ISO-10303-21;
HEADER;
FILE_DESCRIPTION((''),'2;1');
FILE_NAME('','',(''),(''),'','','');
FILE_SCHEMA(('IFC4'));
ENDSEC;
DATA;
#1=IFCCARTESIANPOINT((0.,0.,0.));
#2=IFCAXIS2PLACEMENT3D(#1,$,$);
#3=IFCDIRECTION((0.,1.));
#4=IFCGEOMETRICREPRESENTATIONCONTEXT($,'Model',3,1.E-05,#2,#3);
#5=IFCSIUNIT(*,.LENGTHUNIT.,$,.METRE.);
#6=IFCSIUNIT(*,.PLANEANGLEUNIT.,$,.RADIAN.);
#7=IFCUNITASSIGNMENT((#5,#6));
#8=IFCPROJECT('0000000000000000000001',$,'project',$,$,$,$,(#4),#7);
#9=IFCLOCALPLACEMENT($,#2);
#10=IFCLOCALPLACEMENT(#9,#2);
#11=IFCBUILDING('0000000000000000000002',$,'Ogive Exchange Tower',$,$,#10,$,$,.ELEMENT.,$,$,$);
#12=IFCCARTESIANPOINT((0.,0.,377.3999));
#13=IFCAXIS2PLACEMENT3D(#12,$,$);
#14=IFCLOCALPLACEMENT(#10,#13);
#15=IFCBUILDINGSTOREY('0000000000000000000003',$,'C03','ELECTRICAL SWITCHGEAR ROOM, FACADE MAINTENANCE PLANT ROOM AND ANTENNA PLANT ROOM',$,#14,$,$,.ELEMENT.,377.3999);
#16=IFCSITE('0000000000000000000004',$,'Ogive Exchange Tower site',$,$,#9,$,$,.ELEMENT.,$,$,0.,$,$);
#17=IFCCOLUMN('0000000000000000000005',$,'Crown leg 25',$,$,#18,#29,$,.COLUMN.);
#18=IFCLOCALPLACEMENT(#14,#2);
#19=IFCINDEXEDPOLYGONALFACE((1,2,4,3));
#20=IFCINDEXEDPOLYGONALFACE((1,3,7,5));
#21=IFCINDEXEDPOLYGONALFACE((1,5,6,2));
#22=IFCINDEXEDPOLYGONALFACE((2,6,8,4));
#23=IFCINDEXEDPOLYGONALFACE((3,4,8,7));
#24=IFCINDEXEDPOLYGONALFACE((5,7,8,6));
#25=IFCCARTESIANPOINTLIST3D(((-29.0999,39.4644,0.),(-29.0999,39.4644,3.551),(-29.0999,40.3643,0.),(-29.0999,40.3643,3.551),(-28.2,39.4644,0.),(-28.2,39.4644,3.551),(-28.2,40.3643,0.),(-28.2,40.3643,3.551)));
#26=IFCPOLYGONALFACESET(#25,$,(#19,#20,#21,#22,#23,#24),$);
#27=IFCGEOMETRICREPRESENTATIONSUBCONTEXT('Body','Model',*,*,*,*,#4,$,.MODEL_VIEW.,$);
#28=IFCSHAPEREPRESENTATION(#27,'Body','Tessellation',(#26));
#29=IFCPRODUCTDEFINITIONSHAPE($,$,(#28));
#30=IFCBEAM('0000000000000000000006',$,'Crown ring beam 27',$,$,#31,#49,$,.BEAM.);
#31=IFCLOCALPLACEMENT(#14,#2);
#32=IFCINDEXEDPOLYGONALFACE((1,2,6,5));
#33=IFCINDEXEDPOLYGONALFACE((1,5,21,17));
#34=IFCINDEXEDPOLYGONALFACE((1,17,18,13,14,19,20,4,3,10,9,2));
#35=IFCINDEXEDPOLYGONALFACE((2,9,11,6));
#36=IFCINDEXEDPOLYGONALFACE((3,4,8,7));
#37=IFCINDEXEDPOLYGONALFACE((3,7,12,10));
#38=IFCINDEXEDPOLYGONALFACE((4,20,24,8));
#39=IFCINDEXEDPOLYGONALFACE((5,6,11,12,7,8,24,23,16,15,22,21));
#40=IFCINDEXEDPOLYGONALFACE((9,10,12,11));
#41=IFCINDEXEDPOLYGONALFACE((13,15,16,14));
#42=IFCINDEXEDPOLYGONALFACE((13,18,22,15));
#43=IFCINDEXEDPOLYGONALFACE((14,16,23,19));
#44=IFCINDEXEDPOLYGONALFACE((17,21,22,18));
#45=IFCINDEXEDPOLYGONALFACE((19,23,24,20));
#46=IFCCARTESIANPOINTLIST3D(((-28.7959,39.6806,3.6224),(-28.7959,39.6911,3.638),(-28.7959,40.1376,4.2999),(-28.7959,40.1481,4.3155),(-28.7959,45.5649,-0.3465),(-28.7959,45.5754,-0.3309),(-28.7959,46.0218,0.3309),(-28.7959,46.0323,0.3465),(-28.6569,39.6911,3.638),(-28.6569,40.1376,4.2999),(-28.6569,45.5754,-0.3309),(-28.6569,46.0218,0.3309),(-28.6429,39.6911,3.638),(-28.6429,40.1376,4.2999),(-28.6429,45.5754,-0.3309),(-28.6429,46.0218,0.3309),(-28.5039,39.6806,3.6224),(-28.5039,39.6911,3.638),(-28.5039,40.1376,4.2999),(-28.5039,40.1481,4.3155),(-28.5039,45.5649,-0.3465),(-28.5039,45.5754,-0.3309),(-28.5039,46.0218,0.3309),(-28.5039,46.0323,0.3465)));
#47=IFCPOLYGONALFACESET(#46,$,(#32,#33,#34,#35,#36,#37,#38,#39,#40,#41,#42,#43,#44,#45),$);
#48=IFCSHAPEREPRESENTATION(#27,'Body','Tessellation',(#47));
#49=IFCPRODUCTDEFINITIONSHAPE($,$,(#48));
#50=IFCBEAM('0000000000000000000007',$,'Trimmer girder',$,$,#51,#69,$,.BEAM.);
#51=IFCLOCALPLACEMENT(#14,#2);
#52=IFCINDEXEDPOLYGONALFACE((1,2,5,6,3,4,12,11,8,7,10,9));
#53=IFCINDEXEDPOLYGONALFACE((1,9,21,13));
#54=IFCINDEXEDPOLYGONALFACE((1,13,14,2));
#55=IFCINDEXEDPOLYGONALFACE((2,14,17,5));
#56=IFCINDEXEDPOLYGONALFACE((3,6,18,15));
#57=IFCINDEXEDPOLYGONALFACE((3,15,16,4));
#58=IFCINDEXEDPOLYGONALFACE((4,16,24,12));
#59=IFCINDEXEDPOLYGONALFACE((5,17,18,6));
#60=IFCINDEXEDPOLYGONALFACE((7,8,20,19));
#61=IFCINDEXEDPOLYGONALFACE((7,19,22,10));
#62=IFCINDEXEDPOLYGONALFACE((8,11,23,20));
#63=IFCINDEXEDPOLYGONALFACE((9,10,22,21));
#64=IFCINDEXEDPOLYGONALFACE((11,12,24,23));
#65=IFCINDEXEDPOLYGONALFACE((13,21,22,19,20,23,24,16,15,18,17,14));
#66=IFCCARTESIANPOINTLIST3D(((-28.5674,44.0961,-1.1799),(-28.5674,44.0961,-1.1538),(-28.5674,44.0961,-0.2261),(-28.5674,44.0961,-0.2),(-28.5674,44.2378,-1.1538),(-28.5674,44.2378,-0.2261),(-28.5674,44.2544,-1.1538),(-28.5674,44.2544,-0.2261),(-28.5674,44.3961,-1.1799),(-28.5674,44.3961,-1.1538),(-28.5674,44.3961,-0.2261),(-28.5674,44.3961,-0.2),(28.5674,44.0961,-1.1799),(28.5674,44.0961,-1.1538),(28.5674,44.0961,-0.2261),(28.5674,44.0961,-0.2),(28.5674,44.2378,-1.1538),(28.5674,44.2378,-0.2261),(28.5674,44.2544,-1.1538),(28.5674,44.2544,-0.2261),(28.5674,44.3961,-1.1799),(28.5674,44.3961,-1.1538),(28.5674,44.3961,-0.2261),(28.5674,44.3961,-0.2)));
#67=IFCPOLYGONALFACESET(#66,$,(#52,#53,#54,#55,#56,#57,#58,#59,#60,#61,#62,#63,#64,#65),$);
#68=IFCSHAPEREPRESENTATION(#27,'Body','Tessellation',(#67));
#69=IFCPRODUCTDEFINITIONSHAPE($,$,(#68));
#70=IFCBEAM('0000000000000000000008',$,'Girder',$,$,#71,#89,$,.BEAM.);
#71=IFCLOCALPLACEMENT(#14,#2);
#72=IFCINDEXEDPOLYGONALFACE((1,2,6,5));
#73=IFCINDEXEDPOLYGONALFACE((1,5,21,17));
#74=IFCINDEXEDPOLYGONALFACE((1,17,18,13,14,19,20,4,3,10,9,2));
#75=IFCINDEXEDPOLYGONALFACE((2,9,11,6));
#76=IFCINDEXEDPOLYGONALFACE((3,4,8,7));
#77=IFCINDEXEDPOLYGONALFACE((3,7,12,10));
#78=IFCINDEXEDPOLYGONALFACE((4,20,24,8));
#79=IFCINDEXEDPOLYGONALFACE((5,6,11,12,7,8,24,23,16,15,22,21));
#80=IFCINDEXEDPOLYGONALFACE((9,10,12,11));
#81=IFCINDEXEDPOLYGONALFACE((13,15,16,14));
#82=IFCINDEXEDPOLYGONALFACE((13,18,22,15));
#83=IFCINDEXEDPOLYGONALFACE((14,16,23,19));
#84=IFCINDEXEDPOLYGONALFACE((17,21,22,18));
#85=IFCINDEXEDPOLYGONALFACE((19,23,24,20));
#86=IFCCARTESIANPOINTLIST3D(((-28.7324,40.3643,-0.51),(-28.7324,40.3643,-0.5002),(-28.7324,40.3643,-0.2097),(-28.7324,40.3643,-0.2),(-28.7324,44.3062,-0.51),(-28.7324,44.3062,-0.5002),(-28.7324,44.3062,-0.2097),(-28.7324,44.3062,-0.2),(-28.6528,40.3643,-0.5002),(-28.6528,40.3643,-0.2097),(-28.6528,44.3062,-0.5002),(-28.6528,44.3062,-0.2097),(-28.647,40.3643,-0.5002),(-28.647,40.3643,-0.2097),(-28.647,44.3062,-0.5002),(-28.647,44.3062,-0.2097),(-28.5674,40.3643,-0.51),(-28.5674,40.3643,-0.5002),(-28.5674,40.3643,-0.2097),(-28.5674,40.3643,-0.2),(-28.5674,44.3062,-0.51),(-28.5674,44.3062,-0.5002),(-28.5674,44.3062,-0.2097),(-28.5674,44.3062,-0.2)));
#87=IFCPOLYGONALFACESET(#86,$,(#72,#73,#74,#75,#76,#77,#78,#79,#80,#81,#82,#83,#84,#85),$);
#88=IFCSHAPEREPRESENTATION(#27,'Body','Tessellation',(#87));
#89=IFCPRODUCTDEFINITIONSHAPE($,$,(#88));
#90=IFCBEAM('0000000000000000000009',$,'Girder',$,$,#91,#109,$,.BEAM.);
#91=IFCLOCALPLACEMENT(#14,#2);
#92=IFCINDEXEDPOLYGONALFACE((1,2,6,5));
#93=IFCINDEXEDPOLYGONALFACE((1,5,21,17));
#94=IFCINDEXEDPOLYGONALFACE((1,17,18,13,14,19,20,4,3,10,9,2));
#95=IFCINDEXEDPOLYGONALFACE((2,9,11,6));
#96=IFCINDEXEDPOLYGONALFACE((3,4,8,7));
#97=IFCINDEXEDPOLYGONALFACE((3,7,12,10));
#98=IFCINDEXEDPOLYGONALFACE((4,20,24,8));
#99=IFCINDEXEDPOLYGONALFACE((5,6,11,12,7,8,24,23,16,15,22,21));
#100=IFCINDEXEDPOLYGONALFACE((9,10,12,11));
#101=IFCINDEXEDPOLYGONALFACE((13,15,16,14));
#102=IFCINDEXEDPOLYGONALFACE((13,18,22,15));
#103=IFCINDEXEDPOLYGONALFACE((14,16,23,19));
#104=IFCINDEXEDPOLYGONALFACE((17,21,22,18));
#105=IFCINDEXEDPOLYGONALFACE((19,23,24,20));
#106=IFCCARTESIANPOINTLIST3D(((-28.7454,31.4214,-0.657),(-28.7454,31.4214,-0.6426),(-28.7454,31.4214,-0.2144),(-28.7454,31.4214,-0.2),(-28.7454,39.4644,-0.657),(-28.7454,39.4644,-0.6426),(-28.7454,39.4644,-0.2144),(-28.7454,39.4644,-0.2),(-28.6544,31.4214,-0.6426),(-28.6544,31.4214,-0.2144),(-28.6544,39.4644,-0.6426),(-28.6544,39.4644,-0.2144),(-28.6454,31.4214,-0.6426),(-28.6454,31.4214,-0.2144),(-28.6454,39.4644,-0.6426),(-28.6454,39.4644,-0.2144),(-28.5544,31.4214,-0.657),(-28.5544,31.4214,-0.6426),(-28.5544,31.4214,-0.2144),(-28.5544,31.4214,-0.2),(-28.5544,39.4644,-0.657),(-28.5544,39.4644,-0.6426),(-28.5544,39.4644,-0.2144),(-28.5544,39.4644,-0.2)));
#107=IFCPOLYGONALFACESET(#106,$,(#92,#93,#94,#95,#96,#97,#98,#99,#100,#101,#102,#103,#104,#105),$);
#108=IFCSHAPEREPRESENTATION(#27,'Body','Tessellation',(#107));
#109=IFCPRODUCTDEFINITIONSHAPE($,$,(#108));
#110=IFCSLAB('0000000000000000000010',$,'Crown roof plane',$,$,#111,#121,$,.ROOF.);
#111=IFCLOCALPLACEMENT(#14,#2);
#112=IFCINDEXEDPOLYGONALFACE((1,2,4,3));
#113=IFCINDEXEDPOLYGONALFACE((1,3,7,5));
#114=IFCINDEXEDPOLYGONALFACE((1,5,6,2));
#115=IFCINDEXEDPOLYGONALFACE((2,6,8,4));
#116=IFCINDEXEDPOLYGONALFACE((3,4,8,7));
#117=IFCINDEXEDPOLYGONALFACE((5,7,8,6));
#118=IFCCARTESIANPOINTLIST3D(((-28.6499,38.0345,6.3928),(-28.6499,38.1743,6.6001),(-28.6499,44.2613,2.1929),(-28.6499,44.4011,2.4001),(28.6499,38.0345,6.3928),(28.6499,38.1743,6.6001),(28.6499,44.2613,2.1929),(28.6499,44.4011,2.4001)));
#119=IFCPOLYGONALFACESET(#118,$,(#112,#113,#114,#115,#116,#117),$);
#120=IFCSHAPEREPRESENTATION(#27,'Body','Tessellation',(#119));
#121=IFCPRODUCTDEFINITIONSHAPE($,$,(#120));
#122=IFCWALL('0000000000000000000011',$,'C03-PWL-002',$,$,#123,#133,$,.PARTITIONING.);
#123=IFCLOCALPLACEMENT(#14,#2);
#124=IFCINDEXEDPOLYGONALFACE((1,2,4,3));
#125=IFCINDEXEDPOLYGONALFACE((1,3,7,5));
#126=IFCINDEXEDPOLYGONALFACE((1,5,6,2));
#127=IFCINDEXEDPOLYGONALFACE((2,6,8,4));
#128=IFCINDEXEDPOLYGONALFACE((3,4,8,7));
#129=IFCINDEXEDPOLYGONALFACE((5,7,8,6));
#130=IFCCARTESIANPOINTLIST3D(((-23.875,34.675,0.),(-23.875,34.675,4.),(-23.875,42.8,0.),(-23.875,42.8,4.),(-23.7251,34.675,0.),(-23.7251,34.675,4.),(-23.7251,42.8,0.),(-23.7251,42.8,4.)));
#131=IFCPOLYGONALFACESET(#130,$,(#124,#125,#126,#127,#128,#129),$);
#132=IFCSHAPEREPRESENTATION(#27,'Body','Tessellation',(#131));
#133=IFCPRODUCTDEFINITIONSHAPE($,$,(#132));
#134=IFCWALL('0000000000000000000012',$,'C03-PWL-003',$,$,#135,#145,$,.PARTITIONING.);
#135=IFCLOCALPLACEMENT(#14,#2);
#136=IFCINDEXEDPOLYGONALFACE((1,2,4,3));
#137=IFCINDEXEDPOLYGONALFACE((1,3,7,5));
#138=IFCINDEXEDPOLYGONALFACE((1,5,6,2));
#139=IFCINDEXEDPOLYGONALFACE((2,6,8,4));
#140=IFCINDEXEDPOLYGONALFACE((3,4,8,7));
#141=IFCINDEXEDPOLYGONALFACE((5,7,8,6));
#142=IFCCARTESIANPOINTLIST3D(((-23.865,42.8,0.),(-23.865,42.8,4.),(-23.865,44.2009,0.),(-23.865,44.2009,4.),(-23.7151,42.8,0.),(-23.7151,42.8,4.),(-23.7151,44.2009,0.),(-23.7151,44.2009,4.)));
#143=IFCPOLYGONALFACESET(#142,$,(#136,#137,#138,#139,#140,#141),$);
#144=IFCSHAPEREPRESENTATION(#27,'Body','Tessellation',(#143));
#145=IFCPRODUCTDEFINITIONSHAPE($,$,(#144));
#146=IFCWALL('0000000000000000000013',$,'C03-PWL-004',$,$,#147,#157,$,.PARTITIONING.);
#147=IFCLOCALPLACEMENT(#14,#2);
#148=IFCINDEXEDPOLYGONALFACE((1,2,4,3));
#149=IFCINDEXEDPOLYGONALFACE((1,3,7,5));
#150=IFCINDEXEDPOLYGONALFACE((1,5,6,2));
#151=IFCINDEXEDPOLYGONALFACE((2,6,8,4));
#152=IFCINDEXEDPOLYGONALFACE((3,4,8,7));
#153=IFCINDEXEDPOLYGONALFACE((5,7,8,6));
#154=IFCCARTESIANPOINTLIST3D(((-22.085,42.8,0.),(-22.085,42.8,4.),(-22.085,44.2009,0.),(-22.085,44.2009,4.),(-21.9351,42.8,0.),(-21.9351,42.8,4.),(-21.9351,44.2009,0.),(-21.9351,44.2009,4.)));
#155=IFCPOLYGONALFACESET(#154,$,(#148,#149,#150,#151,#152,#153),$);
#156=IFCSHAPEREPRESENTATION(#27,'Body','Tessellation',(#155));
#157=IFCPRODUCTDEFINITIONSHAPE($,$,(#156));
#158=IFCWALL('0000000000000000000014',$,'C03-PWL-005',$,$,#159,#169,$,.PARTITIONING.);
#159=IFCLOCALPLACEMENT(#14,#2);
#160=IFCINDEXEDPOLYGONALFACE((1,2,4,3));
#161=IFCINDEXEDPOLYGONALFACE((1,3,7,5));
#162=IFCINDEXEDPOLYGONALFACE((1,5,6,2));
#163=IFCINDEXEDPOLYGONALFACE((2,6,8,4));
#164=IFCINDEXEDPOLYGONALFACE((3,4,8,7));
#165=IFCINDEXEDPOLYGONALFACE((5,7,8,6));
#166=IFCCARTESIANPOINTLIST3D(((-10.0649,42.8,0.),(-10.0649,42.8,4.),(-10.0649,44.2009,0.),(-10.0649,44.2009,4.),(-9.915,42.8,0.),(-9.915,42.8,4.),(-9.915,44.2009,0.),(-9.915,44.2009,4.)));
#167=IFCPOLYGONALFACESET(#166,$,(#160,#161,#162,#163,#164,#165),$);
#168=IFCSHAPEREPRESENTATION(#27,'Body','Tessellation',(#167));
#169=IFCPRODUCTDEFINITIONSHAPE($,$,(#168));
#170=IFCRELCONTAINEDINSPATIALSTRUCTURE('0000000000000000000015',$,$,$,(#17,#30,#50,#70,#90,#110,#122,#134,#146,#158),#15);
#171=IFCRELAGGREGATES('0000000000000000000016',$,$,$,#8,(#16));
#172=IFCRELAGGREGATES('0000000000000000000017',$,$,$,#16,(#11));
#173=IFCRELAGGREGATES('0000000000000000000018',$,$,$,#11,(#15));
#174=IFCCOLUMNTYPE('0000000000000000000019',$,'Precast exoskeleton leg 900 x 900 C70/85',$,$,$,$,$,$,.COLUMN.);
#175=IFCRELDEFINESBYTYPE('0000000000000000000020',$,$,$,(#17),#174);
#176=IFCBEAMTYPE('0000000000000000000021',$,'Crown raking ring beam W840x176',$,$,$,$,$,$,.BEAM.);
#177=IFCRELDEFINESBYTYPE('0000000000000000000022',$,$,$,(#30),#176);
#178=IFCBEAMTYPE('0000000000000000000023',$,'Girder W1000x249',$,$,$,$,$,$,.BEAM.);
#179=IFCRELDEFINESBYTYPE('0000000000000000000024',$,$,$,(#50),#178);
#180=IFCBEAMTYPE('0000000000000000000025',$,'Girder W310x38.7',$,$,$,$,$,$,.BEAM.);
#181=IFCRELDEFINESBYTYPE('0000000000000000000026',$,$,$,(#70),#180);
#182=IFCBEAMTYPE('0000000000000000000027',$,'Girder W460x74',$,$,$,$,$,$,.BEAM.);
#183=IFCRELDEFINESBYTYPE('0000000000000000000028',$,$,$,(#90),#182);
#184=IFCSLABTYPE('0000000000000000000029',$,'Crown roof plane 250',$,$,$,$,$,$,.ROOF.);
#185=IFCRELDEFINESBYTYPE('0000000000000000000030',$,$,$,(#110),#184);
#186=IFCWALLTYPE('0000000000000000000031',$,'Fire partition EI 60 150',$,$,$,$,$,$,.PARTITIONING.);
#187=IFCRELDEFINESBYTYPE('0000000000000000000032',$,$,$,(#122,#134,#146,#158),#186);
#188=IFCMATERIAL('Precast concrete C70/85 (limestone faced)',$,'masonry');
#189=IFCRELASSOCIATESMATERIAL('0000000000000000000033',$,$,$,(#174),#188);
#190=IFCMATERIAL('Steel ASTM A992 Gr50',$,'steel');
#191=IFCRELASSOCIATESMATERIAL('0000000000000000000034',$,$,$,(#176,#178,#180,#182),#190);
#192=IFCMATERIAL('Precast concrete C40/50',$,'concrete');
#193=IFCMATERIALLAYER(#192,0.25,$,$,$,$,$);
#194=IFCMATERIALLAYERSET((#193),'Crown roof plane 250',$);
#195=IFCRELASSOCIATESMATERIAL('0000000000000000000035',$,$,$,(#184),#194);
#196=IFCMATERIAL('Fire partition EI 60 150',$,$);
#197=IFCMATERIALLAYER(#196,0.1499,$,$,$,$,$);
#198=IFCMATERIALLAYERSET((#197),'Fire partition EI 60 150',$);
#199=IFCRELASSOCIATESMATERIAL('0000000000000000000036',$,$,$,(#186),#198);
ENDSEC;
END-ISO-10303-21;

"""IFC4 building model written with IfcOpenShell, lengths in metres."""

from ifc_helpers import new_model, si_unit, direction, frame, frame_2d, origin, origin_2d, place, context, subcontext, project, spatial, polyline, rectangle, i_section, outline, extrude, material, layer, layer_set, material_profile, profile_set, type_object, element, save


model = new_model("IFC4")

# Units and contexts
model_context = context("Model", 3, precision=1e-05, world=origin(), true_north=direction((0.0, 1.0)))
body_context = subcontext(model_context, "Body", "Model", "MODEL_VIEW")
ifc_project = project(units=[si_unit("LENGTHUNIT", "METRE"), si_unit("PLANEANGLEUNIT", "RADIAN")], contexts=[model_context])

# Site, building, storey
site_placement = place(None, origin())
site = spatial("IfcSite", under=ifc_project, at=site_placement, Name="Ogive Exchange Tower site", CompositionType="ELEMENT", RefElevation=0.0)
building_placement = place(site_placement, origin())
building = spatial("IfcBuilding", under=site, at=building_placement, Name="Ogive Exchange Tower", CompositionType="ELEMENT")
storey_placement = place(building_placement, frame((0.0, 0.0, 377.3999)))
storey = spatial("IfcBuildingStorey", under=building, at=storey_placement, Name="C03", Description="ELECTRICAL SWITCHGEAR ROOM, FACADE MAINTENANCE PLANT ROOM AND ANTENNA PLANT ROOM", CompositionType="ELEMENT", Elevation=377.3999)

# Column
ifc_material_1 = material(Name="Precast concrete C70/85 (limestone faced)", Category="masonry")
ifc_material_profile_1 = material_profile(ifc_material_1, rectangle(XDim=0.8999, YDim=0.8999, at=origin_2d()), Name="900 x 900")
ifc_profile_set_1 = profile_set([ifc_material_profile_1], Name="Precast concrete C70/85 (limestone faced)")
column_type = type_object("IfcColumnType", Name="Precast exoskeleton leg 900 x 900 C70/85", PredefinedType="COLUMN", material=ifc_profile_set_1)
column_placement = place(storey_placement, frame((-28.6499, 39.9143, 0.0), z_axis=(0.0, 0.0, 1.0), x_axis=(1.0, 0.0, 0.0)))
element("IfcColumn", 1, at=column_placement, inside=storey, type_object=column_type, Name="Crown leg 25", PredefinedType="COLUMN", context=body_context, shape_type="SweptSolid", body=[
    extrude(rectangle(XDim=0.8999, YDim=0.8999, at=origin_2d()), origin(), (0.0, 0.0, 1.0), 3.551),
])

# Beams
ifc_material_2 = material(Name="Steel ASTM A992 Gr50", Category="steel")
ifc_material_profile_2 = material_profile(ifc_material_2, i_section(OverallWidth=0.292, OverallDepth=0.8359, WebThickness=0.0139, FlangeThickness=0.0188, at=origin_2d()), Name="W840x176")
ifc_profile_set_2 = profile_set([ifc_material_profile_2], Name="Steel ASTM A992 Gr50")
beam_type_1 = type_object("IfcBeamType", Name="Crown raking ring beam W840x176", PredefinedType="BEAM", material=ifc_profile_set_2)
beam_1_placement = place(storey_placement, frame((-28.6499, 45.7986, 0.0), z_axis=(0.0, -0.829038, 0.559193), x_axis=(1.0, 0.0, 0.0)))
element("IfcBeam", 2, at=beam_1_placement, inside=storey, type_object=beam_type_1, Name="Crown ring beam 27", PredefinedType="BEAM", context=body_context, shape_type="SweptSolid", body=[
    extrude(i_section(OverallWidth=0.292, OverallDepth=0.8359, WebThickness=0.0139, FlangeThickness=0.0188, at=origin_2d()), origin(), (0.0, 0.0, 1.0), 7.0977),
])
ifc_material_profile_3 = material_profile(ifc_material_2, i_section(OverallWidth=0.3, OverallDepth=0.98, WebThickness=0.0166, FlangeThickness=0.0261, at=origin_2d()), Name="W1000x249")
ifc_profile_set_3 = profile_set([ifc_material_profile_3], Name="Steel ASTM A992 Gr50")
beam_type_2 = type_object("IfcBeamType", Name="Girder W1000x249", PredefinedType="BEAM", material=ifc_profile_set_3)
beam_2_placement = place(storey_placement, frame((-28.5674, 44.2461, -0.6899), z_axis=(1.0, 0.0, 0.0), x_axis=(0.0, 1.0, 0.0)))
element("IfcBeam", 3, at=beam_2_placement, inside=storey, type_object=beam_type_2, Name="Trimmer girder", PredefinedType="BEAM", context=body_context, shape_type="SweptSolid", body=[
    extrude(i_section(OverallWidth=0.3, OverallDepth=0.98, WebThickness=0.0166, FlangeThickness=0.0261, at=origin_2d()), origin(), (0.0, 0.0, 1.0), 57.1348),
])
ifc_material_profile_4 = material_profile(ifc_material_2, i_section(OverallWidth=0.165, OverallDepth=0.3101, WebThickness=0.0059, FlangeThickness=0.0098, at=origin_2d()), Name="W310x38.7")
ifc_profile_set_4 = profile_set([ifc_material_profile_4], Name="Steel ASTM A992 Gr50")
beam_type_3 = type_object("IfcBeamType", Name="Girder W310x38.7", PredefinedType="BEAM", material=ifc_profile_set_4)
beam_3_placement = place(storey_placement, frame((-28.6499, 44.3062, -0.355), z_axis=(0.0, -1.0, 0.0), x_axis=(1.0, 0.0, 0.0)))
element("IfcBeam", 4, at=beam_3_placement, inside=storey, type_object=beam_type_3, Name="Girder", PredefinedType="BEAM", context=body_context, shape_type="SweptSolid", body=[
    extrude(i_section(OverallWidth=0.165, OverallDepth=0.3101, WebThickness=0.0059, FlangeThickness=0.0098, at=origin_2d()), origin(), (0.0, 0.0, 1.0), 3.9419),
])
ifc_material_profile_5 = material_profile(ifc_material_2, i_section(OverallWidth=0.1909, OverallDepth=0.457, WebThickness=0.009, FlangeThickness=0.0144, at=origin_2d()), Name="W460x74")
ifc_profile_set_5 = profile_set([ifc_material_profile_5], Name="Steel ASTM A992 Gr50")
beam_type_4 = type_object("IfcBeamType", Name="Girder W460x74", PredefinedType="BEAM", material=ifc_profile_set_5)
beam_4_placement = place(storey_placement, frame((-28.6499, 39.4644, -0.4285), z_axis=(0.0, -1.0, 0.0), x_axis=(1.0, 0.0, 0.0)))
element("IfcBeam", 5, at=beam_4_placement, inside=storey, type_object=beam_type_4, Name="Girder", PredefinedType="BEAM", context=body_context, shape_type="SweptSolid", body=[
    extrude(i_section(OverallWidth=0.1909, OverallDepth=0.457, WebThickness=0.009, FlangeThickness=0.0144, at=origin_2d()), origin(), (0.0, 0.0, 1.0), 8.043),
])

# Slab
ifc_material_3 = material(Name="Precast concrete C40/50", Category="concrete")
ifc_layer_1 = layer(ifc_material_3, 0.25)
ifc_layer_set_1 = layer_set([ifc_layer_1], Name="Crown roof plane 250")
slab_type = type_object("IfcSlabType", Name="Crown roof plane 250", PredefinedType="ROOF", material=ifc_layer_set_1)
slab_placement = place(storey_placement, frame((-28.6499, 38.1743, 6.6001), z_axis=(0.0, 0.559185, 0.829043), x_axis=(0.0, 0.829043, -0.559185)))
element("IfcSlab", 6, at=slab_placement, inside=storey, type_object=slab_type, Name="Crown roof plane", PredefinedType="ROOF", context=body_context, shape_type="SweptSolid", body=[
    extrude(outline(polyline([(0.0, 0.0), (7.5108, 0.0), (7.5108, -57.2998), (0.0, -57.2998), (0.0, 0.0)])), origin(), (0.0, 0.0, -1.0), 0.25),
])

# Walls
ifc_material_4 = material(Name="Fire partition EI 60 150")
ifc_layer_2 = layer(ifc_material_4, 0.1499)
ifc_layer_set_2 = layer_set([ifc_layer_2], Name="Fire partition EI 60 150")
wall_type_1 = type_object("IfcWallType", Name="Fire partition EI 60 150", PredefinedType="PARTITIONING", material=ifc_layer_set_2)
wall_1_placement = place(storey_placement, frame((-23.8, 34.675, 0.0), z_axis=(0.0, 0.0, 1.0), x_axis=(0.0, 1.0, 0.0)))
element("IfcWall", 7, at=wall_1_placement, inside=storey, type_object=wall_type_1, Name="C03-PWL-002", PredefinedType="PARTITIONING", context=body_context, shape_type="SweptSolid", body=[
    extrude(rectangle(XDim=8.125, YDim=0.1499, at=frame_2d((4.0625, 0.0))), origin(), (0.0, 0.0, 1.0), 4.0),
])
for number, where, z_axis, x_axis, name in (
    (8, (-23.79, 42.8, 0.0), (0.0, 0.0, 1.0), (0.0, 1.0, 0.0), "C03-PWL-003"),
    (9, (-22.01, 44.2009, 0.0), (0.0, 0.0, 1.0), (0.0, -1.0, 0.0), "C03-PWL-004"),
    (10, (-9.99, 42.8, 0.0), (0.0, 0.0, 1.0), (0.0, 1.0, 0.0), "C03-PWL-005"),
):
    element("IfcWall", number, at=place(storey_placement, frame(where, z_axis=z_axis, x_axis=x_axis)), inside=storey, type_object=wall_type_1, Name=name, PredefinedType="PARTITIONING", context=body_context, shape_type="SweptSolid", body=[
        extrude(rectangle(XDim=1.4009, YDim=0.1499, at=frame_2d((0.7004, 0.0))), origin(), (0.0, 0.0, 1.0), 4.0),
    ])

save(model, "model.ifc")
